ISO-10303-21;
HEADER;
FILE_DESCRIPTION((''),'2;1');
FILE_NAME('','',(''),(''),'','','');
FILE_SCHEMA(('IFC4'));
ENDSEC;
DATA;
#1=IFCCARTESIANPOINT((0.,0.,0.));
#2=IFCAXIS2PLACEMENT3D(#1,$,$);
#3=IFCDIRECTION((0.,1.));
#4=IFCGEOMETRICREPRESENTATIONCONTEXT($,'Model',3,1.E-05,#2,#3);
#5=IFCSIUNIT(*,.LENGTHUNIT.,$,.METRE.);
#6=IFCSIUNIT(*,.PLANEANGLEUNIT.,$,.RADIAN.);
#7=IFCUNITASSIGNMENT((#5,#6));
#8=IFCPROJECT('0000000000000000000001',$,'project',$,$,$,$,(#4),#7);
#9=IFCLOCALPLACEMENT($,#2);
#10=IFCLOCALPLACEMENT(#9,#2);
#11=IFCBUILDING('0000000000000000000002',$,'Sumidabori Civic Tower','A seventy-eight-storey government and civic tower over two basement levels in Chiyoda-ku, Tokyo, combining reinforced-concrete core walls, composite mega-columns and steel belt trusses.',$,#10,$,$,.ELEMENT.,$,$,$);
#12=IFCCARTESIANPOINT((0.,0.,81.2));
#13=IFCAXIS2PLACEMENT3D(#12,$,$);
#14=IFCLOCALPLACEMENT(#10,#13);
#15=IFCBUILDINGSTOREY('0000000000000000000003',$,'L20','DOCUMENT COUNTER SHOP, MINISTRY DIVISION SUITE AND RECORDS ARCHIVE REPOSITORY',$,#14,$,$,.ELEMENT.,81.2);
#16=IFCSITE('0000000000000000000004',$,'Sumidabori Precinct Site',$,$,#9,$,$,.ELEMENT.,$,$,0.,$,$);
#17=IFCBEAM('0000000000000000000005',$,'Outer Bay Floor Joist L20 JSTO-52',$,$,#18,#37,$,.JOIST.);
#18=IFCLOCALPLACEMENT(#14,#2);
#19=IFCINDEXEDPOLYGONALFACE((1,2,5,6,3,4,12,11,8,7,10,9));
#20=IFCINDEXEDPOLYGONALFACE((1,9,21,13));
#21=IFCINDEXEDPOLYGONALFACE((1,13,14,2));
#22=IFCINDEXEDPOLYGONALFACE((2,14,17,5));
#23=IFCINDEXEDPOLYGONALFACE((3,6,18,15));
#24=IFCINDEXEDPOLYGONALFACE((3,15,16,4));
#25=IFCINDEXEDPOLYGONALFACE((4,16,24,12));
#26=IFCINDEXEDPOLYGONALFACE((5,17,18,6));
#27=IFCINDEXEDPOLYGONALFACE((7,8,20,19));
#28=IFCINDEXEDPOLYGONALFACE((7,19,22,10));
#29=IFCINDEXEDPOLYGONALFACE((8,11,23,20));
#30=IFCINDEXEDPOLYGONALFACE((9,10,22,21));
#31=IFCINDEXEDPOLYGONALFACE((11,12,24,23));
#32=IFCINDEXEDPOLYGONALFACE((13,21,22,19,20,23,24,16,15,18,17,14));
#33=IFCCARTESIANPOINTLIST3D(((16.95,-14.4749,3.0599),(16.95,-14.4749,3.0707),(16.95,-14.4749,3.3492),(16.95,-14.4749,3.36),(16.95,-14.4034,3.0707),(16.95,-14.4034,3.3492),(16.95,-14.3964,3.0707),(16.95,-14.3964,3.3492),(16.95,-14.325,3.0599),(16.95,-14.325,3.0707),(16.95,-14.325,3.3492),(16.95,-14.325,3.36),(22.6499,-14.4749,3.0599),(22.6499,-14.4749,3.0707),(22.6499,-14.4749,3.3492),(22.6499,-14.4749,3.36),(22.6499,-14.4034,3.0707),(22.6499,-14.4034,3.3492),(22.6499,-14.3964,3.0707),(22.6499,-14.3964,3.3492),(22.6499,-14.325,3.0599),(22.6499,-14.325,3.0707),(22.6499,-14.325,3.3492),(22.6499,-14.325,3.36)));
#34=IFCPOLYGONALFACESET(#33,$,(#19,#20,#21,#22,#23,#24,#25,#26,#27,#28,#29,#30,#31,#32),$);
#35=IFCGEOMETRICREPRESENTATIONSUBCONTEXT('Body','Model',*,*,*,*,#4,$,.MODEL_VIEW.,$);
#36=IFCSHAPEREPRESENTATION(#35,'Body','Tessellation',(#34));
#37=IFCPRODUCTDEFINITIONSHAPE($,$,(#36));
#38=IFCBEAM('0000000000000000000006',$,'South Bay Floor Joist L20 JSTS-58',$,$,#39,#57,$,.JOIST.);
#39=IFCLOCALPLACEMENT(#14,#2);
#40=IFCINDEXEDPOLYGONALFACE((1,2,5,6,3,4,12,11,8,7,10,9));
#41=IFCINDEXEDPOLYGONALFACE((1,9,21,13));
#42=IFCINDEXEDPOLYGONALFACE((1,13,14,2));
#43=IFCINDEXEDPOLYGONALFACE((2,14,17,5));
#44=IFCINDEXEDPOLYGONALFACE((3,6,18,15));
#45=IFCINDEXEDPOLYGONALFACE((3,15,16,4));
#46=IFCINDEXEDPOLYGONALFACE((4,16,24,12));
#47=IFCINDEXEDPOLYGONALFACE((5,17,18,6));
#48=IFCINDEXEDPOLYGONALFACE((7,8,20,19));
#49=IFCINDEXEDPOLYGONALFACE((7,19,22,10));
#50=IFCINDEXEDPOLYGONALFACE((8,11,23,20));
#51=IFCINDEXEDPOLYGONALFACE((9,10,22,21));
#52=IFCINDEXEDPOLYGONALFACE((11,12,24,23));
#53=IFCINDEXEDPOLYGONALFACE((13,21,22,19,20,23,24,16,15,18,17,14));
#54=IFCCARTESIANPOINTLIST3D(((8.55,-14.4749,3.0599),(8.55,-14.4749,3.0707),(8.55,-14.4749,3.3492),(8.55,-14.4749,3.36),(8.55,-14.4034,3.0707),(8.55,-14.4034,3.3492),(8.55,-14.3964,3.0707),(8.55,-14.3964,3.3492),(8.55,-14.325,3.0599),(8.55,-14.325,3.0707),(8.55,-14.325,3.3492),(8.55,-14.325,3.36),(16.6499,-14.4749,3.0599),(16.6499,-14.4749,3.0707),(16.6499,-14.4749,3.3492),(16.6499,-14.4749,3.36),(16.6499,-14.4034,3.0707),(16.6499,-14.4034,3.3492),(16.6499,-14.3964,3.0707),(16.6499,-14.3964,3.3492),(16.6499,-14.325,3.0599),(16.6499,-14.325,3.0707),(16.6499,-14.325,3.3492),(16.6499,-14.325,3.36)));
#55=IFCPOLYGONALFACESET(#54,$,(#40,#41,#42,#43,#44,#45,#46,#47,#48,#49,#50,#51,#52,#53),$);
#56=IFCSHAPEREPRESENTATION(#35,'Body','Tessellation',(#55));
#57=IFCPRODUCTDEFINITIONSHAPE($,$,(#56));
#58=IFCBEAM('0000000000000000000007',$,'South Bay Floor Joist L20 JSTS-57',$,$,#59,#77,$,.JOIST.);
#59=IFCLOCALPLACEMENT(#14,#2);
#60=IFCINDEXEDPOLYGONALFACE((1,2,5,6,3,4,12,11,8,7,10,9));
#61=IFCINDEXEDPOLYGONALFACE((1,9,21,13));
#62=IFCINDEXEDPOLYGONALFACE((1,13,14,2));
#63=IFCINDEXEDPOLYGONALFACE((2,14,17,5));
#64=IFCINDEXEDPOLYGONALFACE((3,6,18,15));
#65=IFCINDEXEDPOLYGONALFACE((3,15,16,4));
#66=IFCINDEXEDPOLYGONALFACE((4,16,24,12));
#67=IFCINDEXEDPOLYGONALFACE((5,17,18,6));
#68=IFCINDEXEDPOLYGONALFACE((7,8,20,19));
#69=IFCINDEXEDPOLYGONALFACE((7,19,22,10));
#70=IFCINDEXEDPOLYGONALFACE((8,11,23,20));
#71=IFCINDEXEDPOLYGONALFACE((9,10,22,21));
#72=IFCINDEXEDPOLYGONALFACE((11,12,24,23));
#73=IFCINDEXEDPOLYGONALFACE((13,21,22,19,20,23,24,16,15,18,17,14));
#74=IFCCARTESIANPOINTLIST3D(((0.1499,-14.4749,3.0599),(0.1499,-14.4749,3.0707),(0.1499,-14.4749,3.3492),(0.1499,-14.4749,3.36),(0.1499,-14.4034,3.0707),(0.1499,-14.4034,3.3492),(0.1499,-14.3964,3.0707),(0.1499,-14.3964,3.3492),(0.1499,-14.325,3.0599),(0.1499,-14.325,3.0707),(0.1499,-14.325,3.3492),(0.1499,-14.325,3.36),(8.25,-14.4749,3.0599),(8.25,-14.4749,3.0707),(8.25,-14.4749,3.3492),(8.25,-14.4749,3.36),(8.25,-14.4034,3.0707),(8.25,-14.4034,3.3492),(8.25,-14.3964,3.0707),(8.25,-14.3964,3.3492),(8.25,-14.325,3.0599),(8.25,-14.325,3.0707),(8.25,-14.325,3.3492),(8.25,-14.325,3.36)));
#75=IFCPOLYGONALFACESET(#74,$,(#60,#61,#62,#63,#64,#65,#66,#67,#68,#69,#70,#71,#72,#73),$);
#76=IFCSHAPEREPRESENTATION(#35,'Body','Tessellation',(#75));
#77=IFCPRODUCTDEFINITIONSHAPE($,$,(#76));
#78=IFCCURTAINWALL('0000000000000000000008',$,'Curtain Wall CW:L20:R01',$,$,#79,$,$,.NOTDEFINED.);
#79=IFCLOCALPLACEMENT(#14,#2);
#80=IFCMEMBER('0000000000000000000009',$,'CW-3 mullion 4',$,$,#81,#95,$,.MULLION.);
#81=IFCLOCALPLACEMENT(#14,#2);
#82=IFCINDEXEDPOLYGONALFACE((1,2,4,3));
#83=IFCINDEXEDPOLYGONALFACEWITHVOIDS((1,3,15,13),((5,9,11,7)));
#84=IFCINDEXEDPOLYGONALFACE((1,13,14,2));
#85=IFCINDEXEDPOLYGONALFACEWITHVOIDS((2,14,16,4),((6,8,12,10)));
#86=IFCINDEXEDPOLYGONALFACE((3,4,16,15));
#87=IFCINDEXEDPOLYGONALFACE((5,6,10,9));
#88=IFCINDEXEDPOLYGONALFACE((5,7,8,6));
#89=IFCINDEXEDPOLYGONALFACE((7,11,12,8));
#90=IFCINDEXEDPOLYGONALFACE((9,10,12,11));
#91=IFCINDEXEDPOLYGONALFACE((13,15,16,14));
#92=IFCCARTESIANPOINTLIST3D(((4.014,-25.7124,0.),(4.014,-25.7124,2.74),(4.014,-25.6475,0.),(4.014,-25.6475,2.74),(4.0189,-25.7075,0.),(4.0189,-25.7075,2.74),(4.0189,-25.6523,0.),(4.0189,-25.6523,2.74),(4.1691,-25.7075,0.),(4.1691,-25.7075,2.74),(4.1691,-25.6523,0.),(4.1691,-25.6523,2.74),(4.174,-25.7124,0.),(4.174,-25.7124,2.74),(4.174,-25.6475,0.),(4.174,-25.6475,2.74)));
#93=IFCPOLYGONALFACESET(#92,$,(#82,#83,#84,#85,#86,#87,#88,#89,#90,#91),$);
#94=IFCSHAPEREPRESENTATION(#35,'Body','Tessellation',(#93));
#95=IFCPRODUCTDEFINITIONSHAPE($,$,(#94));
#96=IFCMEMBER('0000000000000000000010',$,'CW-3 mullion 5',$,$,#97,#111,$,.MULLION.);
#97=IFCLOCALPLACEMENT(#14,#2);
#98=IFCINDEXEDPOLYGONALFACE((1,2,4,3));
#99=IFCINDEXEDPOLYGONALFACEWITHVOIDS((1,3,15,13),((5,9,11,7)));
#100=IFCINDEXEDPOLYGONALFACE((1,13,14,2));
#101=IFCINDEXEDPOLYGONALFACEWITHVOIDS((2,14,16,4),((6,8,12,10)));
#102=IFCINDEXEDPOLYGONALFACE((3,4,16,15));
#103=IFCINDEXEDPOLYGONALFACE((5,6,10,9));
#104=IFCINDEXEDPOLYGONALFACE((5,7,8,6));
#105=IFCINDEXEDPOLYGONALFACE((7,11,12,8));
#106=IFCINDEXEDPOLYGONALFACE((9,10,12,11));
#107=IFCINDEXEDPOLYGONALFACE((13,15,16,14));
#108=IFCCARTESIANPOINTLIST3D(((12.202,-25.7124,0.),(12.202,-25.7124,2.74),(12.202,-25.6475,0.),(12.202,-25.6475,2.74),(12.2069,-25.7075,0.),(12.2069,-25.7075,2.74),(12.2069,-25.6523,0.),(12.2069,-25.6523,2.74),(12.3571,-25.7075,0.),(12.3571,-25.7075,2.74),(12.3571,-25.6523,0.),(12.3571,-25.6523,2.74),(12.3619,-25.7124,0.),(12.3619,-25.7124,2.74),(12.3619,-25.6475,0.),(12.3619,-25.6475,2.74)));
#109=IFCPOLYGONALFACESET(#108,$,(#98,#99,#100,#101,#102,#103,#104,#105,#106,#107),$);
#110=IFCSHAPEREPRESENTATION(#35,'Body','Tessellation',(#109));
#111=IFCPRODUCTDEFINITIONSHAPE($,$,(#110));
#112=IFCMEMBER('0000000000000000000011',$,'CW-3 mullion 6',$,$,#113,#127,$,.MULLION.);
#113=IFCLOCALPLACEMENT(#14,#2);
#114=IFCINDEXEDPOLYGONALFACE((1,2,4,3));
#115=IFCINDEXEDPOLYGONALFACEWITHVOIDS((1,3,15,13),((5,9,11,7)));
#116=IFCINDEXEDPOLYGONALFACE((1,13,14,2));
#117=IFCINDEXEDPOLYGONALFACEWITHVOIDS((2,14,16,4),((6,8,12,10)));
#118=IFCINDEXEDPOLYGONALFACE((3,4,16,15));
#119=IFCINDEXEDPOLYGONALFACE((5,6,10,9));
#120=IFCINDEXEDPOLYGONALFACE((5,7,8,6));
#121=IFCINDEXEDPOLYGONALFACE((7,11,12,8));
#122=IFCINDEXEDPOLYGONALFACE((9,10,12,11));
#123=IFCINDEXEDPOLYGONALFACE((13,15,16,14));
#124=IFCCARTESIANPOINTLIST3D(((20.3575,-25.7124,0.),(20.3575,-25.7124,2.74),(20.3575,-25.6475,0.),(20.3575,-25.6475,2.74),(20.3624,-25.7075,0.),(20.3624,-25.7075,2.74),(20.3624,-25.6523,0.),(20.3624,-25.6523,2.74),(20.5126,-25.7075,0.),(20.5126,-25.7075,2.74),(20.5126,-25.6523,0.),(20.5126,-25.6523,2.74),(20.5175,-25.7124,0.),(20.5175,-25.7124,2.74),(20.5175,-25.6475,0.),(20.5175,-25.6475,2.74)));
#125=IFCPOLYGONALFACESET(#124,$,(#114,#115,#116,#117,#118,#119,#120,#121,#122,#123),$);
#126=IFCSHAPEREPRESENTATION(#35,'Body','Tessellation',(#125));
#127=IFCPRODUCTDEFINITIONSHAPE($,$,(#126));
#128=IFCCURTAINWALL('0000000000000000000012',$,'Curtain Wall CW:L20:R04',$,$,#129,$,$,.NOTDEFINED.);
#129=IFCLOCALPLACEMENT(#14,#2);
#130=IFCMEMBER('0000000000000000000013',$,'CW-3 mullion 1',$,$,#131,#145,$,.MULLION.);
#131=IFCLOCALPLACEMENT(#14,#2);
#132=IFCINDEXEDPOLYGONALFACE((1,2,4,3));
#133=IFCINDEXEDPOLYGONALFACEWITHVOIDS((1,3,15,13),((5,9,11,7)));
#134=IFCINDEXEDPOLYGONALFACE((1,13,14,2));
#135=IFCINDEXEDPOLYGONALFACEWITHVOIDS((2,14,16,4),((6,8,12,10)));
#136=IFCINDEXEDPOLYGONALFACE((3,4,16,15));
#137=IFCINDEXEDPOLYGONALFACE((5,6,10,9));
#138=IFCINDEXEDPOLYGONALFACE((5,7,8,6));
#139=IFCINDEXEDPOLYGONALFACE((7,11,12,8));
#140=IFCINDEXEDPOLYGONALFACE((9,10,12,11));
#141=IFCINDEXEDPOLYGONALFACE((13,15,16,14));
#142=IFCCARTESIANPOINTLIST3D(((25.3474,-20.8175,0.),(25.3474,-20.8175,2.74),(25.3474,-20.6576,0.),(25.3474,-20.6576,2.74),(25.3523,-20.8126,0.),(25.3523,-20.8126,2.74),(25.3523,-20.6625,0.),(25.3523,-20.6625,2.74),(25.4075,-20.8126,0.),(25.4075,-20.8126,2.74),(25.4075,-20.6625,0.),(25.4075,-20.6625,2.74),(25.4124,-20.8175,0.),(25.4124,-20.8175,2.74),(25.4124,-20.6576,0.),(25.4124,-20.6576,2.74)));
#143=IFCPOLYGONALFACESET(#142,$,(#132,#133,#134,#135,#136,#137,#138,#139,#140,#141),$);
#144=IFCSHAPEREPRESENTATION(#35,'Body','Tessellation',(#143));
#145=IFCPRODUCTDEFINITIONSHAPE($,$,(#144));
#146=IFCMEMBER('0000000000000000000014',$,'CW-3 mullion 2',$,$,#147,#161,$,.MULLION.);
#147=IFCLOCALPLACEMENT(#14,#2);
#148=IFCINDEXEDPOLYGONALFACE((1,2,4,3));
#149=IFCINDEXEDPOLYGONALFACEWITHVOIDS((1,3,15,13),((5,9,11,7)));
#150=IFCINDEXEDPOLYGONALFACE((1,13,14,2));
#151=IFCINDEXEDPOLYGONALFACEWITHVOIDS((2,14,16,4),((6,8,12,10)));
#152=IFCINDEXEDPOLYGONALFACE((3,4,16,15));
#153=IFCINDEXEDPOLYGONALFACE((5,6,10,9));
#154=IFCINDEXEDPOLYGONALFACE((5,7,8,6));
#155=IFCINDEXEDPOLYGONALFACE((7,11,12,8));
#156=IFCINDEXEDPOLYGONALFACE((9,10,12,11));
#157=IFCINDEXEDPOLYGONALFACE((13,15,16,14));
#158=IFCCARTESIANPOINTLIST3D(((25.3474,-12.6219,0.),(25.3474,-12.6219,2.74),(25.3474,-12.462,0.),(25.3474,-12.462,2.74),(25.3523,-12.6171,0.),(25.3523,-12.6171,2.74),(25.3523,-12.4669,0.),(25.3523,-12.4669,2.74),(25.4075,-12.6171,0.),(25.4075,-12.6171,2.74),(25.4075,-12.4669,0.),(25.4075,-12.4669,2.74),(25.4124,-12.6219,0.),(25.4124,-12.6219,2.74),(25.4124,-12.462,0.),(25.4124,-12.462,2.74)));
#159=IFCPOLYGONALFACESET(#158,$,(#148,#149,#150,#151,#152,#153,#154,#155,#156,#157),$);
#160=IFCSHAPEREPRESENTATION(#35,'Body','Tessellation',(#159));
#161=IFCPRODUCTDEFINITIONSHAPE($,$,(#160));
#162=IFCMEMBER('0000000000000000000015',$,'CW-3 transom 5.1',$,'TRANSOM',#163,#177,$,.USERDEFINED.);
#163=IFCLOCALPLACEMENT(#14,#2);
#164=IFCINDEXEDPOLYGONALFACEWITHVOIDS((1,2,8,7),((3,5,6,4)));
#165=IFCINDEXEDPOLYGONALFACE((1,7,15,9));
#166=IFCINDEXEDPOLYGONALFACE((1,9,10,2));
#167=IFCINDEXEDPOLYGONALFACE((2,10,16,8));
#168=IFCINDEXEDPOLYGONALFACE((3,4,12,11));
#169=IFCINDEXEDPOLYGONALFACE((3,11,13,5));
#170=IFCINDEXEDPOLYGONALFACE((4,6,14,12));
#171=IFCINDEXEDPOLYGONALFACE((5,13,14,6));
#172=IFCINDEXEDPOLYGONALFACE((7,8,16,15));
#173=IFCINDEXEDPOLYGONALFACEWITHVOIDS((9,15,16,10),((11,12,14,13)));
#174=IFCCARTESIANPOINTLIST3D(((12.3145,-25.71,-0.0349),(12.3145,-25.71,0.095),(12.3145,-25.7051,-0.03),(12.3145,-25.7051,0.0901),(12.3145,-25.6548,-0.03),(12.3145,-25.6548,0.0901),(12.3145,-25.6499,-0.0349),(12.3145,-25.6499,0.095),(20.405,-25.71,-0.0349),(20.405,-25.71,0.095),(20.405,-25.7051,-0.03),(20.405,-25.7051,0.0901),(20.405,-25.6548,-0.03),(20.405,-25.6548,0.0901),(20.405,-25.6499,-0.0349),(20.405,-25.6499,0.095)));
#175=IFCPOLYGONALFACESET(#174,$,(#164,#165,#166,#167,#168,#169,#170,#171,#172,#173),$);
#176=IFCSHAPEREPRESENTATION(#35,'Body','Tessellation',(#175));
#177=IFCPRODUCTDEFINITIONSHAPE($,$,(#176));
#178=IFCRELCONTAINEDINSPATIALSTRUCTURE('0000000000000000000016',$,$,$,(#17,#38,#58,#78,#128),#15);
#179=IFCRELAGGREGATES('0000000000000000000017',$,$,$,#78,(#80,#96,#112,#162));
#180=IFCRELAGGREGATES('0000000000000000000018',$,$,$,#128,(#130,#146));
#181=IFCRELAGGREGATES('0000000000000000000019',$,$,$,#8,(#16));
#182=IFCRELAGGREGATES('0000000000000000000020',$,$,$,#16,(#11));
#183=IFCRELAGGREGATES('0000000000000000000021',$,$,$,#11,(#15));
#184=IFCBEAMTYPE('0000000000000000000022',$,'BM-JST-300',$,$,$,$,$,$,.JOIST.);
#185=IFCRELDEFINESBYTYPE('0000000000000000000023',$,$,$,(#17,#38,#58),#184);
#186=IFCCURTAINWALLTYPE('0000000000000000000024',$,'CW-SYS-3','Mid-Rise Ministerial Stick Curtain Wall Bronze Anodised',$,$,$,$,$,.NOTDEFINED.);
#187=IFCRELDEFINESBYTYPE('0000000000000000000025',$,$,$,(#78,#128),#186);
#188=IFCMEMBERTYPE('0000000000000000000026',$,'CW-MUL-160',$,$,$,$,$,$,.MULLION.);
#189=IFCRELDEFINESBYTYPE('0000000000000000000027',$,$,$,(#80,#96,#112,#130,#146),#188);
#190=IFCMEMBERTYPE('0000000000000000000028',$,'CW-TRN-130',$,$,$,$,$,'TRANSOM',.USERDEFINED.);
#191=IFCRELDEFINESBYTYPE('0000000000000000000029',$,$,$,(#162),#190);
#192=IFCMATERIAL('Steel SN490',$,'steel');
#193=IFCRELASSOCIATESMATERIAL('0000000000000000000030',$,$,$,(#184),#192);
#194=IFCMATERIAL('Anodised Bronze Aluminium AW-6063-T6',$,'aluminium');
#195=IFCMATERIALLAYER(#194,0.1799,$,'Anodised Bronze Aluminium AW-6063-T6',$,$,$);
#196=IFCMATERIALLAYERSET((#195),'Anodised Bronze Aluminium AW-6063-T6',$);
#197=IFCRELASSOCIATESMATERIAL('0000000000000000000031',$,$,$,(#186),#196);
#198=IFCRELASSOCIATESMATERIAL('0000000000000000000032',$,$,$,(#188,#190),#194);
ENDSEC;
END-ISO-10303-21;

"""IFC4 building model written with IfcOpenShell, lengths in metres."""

from ifc_helpers import new_model, si_unit, direction, frame, origin, origin_2d, place, context, subcontext, project, spatial, hollow_rectangle, i_section, extrude, source, transform, mapped, material, layer, layer_set, material_profile, profile_set, type_object, element, aggregate, save


model = new_model("IFC4")

# Units and contexts
model_context = context("Model", 3, precision=1e-05, world=origin(), true_north=direction((0.0, 1.0)))
body_context = subcontext(model_context, "Body", "Model", "MODEL_VIEW")
ifc_project = project(units=[si_unit("LENGTHUNIT", "METRE"), si_unit("PLANEANGLEUNIT", "RADIAN")], contexts=[model_context])

# Site, building, storey
site_placement = place(None, origin())
site = spatial("IfcSite", under=ifc_project, at=site_placement, Name="Sumidabori Precinct Site", CompositionType="ELEMENT", RefElevation=0.0)
building_placement = place(site_placement, origin())
building = spatial("IfcBuilding", under=site, at=building_placement, Name="Sumidabori Civic Tower", Description="A seventy-eight-storey government and civic tower over two basement levels in Chiyoda-ku, Tokyo, combining reinforced-concrete core walls, composite mega-columns and steel belt trusses.", CompositionType="ELEMENT")
storey_placement = place(building_placement, frame((0.0, 0.0, 81.2)))
storey = spatial("IfcBuildingStorey", under=building, at=storey_placement, Name="L20", Description="DOCUMENT COUNTER SHOP, MINISTRY DIVISION SUITE AND RECORDS ARCHIVE REPOSITORY", CompositionType="ELEMENT", Elevation=81.2)

# Beams
ifc_material_1 = material(Name="Steel SN490", Category="steel")
ifc_material_profile_1 = material_profile(ifc_material_1, i_section(OverallWidth=0.1499, OverallDepth=0.3, WebThickness=0.0071, FlangeThickness=0.0107, at=origin_2d()), Name="IPE 300")
ifc_profile_set_1 = profile_set([ifc_material_profile_1], Name="Steel SN490")
beam_type_1 = type_object("IfcBeamType", Name="BM-JST-300", PredefinedType="JOIST", material=ifc_profile_set_1)
shared_shape_1 = source(origin(), body_context, "Body", "SweptSolid", [
    extrude(i_section(OverallWidth=0.1499, OverallDepth=0.3, WebThickness=0.0071, FlangeThickness=0.0107, at=origin_2d()), origin(), (0.0, 0.0, 1.0), 5.7),
])
beam_1_placement = place(storey_placement, frame((16.95, -14.3999, 3.21), z_axis=(1.0, 0.0, 0.0), x_axis=(0.0, 1.0, 0.0)))
element("IfcBeam", 1, at=beam_1_placement, inside=storey, type_object=beam_type_1, Name="Outer Bay Floor Joist L20 JSTO-52", PredefinedType="JOIST", context=body_context, shape_type="MappedRepresentation", body=[
    mapped(shared_shape_1, transform((0.0, 0.0, 0.0), x_axis=(1.0, 0.0, 0.0), y_axis=(0.0, 1.0, 0.0), z_axis=(0.0, 0.0, 1.0), scale=1.0)),
])
shared_shape_2 = source(origin(), body_context, "Body", "SweptSolid", [
    extrude(i_section(OverallWidth=0.1499, OverallDepth=0.3, WebThickness=0.0071, FlangeThickness=0.0107, at=origin_2d()), origin(), (0.0, 0.0, 1.0), 8.0999),
])
beam_2_placement = place(storey_placement, frame((8.55, -14.3999, 3.21), z_axis=(1.0, 0.0, 0.0), x_axis=(0.0, 1.0, 0.0)))
element("IfcBeam", 2, at=beam_2_placement, inside=storey, type_object=beam_type_1, Name="South Bay Floor Joist L20 JSTS-58", PredefinedType="JOIST", context=body_context, shape_type="MappedRepresentation", body=[
    mapped(shared_shape_2, transform((0.0, 0.0, 0.0), x_axis=(1.0, 0.0, 0.0), y_axis=(0.0, 1.0, 0.0), z_axis=(0.0, 0.0, 1.0), scale=1.0)),
])
shared_shape_3 = source(origin(), body_context, "Body", "SweptSolid", [
    extrude(i_section(OverallWidth=0.1499, OverallDepth=0.3, WebThickness=0.0071, FlangeThickness=0.0107, at=origin_2d()), origin(), (0.0, 0.0, 1.0), 8.1001),
])
beam_3_placement = place(storey_placement, frame((0.1499, -14.3999, 3.21), z_axis=(1.0, 0.0, 0.0), x_axis=(0.0, 1.0, 0.0)))
element("IfcBeam", 3, at=beam_3_placement, inside=storey, type_object=beam_type_1, Name="South Bay Floor Joist L20 JSTS-57", PredefinedType="JOIST", context=body_context, shape_type="MappedRepresentation", body=[
    mapped(shared_shape_3, transform((0.0, 0.0, 0.0), x_axis=(1.0, 0.0, 0.0), y_axis=(0.0, 1.0, 0.0), z_axis=(0.0, 0.0, 1.0), scale=1.0)),
])

# Curtain walls, members
ifc_material_2 = material(Name="Anodised Bronze Aluminium AW-6063-T6", Category="aluminium")
ifc_layer_1 = layer(ifc_material_2, 0.1799, Name="Anodised Bronze Aluminium AW-6063-T6")
ifc_layer_set_1 = layer_set([ifc_layer_1], Name="Anodised Bronze Aluminium AW-6063-T6")
curtain_wall_type = type_object("IfcCurtainWallType", Name="CW-SYS-3", Description="Mid-Rise Ministerial Stick Curtain Wall Bronze Anodised", PredefinedType="NOTDEFINED", material=ifc_layer_set_1)
curtain_wall_1_placement = place(storey_placement, origin())
curtain_wall_1 = element("IfcCurtainWall", 4, at=curtain_wall_1_placement, inside=storey, type_object=curtain_wall_type, Name="Curtain Wall CW:L20:R01", PredefinedType="NOTDEFINED")
ifc_material_profile_2 = material_profile(ifc_material_2, hollow_rectangle(XDim=0.0649, YDim=0.1599, WallThickness=0.0049, at=origin_2d()), Name="ALU MULLION 160x65")
ifc_profile_set_2 = profile_set([ifc_material_profile_2], Name="Anodised Bronze Aluminium AW-6063-T6")
member_type_1 = type_object("IfcMemberType", Name="CW-MUL-160", PredefinedType="MULLION", material=ifc_profile_set_2)
shared_shape_4 = source(origin(), body_context, "Body", "SweptSolid", [
    extrude(hollow_rectangle(XDim=0.0649, YDim=0.1599, WallThickness=0.0049, at=origin_2d()), origin(), (0.0, 0.0, 1.0), 2.74),
])
member_1_placement = place(storey_placement, frame((4.094, -25.6799, 0.0), z_axis=(0.0, 0.0, 1.0), x_axis=(0.0, 1.0, 0.0)))
member_1 = element("IfcMember", 5, at=member_1_placement, type_object=member_type_1, Name="CW-3 mullion 4", PredefinedType="MULLION", context=body_context, shape_type="MappedRepresentation", body=[
    mapped(shared_shape_4, transform((0.0, 0.0, 0.0), x_axis=(1.0, 0.0, 0.0), y_axis=(0.0, 1.0, 0.0), z_axis=(0.0, 0.0, 1.0), scale=1.0)),
])
member_2_placement = place(storey_placement, frame((12.282, -25.6799, 0.0), z_axis=(0.0, 0.0, 1.0), x_axis=(0.0, 1.0, 0.0)))
member_2 = element("IfcMember", 6, at=member_2_placement, type_object=member_type_1, Name="CW-3 mullion 5", PredefinedType="MULLION", context=body_context, shape_type="MappedRepresentation", body=[
    mapped(shared_shape_4, transform((0.0, 0.0, 0.0), x_axis=(1.0, 0.0, 0.0), y_axis=(0.0, 1.0, 0.0), z_axis=(0.0, 0.0, 1.0), scale=1.0)),
])
member_3_placement = place(storey_placement, frame((20.4375, -25.6799, 0.0), z_axis=(0.0, 0.0, 1.0), x_axis=(0.0, 1.0, 0.0)))
member_3 = element("IfcMember", 7, at=member_3_placement, type_object=member_type_1, Name="CW-3 mullion 6", PredefinedType="MULLION", context=body_context, shape_type="MappedRepresentation", body=[
    mapped(shared_shape_4, transform((0.0, 0.0, 0.0), x_axis=(1.0, 0.0, 0.0), y_axis=(0.0, 1.0, 0.0), z_axis=(0.0, 0.0, 1.0), scale=1.0)),
])
curtain_wall_2_placement = place(storey_placement, origin())
curtain_wall_2 = element("IfcCurtainWall", 8, at=curtain_wall_2_placement, inside=storey, type_object=curtain_wall_type, Name="Curtain Wall CW:L20:R04", PredefinedType="NOTDEFINED")
member_4_placement = place(storey_placement, frame((25.3799, -20.7375, 0.0), z_axis=(0.0, 0.0, 1.0), x_axis=(-1.0, 0.0, 0.0)))
member_4 = element("IfcMember", 9, at=member_4_placement, type_object=member_type_1, Name="CW-3 mullion 1", PredefinedType="MULLION", context=body_context, shape_type="MappedRepresentation", body=[
    mapped(shared_shape_4, transform((0.0, 0.0, 0.0), x_axis=(1.0, 0.0, 0.0), y_axis=(0.0, 1.0, 0.0), z_axis=(0.0, 0.0, 1.0), scale=1.0)),
])
member_5_placement = place(storey_placement, frame((25.3799, -12.542, 0.0), z_axis=(0.0, 0.0, 1.0), x_axis=(-1.0, 0.0, 0.0)))
member_5 = element("IfcMember", 10, at=member_5_placement, type_object=member_type_1, Name="CW-3 mullion 2", PredefinedType="MULLION", context=body_context, shape_type="MappedRepresentation", body=[
    mapped(shared_shape_4, transform((0.0, 0.0, 0.0), x_axis=(1.0, 0.0, 0.0), y_axis=(0.0, 1.0, 0.0), z_axis=(0.0, 0.0, 1.0), scale=1.0)),
])

# Member
ifc_material_profile_3 = material_profile(ifc_material_2, hollow_rectangle(XDim=0.0601, YDim=0.1299, WallThickness=0.0049, at=origin_2d()), Name="ALU TRANSOM 130x60")
ifc_profile_set_3 = profile_set([ifc_material_profile_3], Name="Anodised Bronze Aluminium AW-6063-T6")
member_type_2 = type_object("IfcMemberType", Name="CW-TRN-130", ElementType="TRANSOM", PredefinedType="USERDEFINED", material=ifc_profile_set_3)
shared_shape_5 = source(origin(), body_context, "Body", "SweptSolid", [
    extrude(hollow_rectangle(XDim=0.0601, YDim=0.1299, WallThickness=0.0049, at=origin_2d()), origin(), (0.0, 0.0, 1.0), 8.0906),
])
member_6_placement = place(storey_placement, frame((12.3145, -25.6799, 0.03), z_axis=(1.0, 0.0, 0.0), x_axis=(0.0, 1.0, 0.0)))
member_6 = element("IfcMember", 11, at=member_6_placement, type_object=member_type_2, Name="CW-3 transom 5.1", ObjectType="TRANSOM", PredefinedType="USERDEFINED", context=body_context, shape_type="MappedRepresentation", body=[
    mapped(shared_shape_5, transform((0.0, 0.0, 0.0), x_axis=(1.0, 0.0, 0.0), y_axis=(0.0, 1.0, 0.0), z_axis=(0.0, 0.0, 1.0), scale=1.0)),
])

aggregate(curtain_wall_1, [member_1, member_2, member_3, member_6])
aggregate(curtain_wall_2, [member_4, member_5])

save(model, "model.ifc")
